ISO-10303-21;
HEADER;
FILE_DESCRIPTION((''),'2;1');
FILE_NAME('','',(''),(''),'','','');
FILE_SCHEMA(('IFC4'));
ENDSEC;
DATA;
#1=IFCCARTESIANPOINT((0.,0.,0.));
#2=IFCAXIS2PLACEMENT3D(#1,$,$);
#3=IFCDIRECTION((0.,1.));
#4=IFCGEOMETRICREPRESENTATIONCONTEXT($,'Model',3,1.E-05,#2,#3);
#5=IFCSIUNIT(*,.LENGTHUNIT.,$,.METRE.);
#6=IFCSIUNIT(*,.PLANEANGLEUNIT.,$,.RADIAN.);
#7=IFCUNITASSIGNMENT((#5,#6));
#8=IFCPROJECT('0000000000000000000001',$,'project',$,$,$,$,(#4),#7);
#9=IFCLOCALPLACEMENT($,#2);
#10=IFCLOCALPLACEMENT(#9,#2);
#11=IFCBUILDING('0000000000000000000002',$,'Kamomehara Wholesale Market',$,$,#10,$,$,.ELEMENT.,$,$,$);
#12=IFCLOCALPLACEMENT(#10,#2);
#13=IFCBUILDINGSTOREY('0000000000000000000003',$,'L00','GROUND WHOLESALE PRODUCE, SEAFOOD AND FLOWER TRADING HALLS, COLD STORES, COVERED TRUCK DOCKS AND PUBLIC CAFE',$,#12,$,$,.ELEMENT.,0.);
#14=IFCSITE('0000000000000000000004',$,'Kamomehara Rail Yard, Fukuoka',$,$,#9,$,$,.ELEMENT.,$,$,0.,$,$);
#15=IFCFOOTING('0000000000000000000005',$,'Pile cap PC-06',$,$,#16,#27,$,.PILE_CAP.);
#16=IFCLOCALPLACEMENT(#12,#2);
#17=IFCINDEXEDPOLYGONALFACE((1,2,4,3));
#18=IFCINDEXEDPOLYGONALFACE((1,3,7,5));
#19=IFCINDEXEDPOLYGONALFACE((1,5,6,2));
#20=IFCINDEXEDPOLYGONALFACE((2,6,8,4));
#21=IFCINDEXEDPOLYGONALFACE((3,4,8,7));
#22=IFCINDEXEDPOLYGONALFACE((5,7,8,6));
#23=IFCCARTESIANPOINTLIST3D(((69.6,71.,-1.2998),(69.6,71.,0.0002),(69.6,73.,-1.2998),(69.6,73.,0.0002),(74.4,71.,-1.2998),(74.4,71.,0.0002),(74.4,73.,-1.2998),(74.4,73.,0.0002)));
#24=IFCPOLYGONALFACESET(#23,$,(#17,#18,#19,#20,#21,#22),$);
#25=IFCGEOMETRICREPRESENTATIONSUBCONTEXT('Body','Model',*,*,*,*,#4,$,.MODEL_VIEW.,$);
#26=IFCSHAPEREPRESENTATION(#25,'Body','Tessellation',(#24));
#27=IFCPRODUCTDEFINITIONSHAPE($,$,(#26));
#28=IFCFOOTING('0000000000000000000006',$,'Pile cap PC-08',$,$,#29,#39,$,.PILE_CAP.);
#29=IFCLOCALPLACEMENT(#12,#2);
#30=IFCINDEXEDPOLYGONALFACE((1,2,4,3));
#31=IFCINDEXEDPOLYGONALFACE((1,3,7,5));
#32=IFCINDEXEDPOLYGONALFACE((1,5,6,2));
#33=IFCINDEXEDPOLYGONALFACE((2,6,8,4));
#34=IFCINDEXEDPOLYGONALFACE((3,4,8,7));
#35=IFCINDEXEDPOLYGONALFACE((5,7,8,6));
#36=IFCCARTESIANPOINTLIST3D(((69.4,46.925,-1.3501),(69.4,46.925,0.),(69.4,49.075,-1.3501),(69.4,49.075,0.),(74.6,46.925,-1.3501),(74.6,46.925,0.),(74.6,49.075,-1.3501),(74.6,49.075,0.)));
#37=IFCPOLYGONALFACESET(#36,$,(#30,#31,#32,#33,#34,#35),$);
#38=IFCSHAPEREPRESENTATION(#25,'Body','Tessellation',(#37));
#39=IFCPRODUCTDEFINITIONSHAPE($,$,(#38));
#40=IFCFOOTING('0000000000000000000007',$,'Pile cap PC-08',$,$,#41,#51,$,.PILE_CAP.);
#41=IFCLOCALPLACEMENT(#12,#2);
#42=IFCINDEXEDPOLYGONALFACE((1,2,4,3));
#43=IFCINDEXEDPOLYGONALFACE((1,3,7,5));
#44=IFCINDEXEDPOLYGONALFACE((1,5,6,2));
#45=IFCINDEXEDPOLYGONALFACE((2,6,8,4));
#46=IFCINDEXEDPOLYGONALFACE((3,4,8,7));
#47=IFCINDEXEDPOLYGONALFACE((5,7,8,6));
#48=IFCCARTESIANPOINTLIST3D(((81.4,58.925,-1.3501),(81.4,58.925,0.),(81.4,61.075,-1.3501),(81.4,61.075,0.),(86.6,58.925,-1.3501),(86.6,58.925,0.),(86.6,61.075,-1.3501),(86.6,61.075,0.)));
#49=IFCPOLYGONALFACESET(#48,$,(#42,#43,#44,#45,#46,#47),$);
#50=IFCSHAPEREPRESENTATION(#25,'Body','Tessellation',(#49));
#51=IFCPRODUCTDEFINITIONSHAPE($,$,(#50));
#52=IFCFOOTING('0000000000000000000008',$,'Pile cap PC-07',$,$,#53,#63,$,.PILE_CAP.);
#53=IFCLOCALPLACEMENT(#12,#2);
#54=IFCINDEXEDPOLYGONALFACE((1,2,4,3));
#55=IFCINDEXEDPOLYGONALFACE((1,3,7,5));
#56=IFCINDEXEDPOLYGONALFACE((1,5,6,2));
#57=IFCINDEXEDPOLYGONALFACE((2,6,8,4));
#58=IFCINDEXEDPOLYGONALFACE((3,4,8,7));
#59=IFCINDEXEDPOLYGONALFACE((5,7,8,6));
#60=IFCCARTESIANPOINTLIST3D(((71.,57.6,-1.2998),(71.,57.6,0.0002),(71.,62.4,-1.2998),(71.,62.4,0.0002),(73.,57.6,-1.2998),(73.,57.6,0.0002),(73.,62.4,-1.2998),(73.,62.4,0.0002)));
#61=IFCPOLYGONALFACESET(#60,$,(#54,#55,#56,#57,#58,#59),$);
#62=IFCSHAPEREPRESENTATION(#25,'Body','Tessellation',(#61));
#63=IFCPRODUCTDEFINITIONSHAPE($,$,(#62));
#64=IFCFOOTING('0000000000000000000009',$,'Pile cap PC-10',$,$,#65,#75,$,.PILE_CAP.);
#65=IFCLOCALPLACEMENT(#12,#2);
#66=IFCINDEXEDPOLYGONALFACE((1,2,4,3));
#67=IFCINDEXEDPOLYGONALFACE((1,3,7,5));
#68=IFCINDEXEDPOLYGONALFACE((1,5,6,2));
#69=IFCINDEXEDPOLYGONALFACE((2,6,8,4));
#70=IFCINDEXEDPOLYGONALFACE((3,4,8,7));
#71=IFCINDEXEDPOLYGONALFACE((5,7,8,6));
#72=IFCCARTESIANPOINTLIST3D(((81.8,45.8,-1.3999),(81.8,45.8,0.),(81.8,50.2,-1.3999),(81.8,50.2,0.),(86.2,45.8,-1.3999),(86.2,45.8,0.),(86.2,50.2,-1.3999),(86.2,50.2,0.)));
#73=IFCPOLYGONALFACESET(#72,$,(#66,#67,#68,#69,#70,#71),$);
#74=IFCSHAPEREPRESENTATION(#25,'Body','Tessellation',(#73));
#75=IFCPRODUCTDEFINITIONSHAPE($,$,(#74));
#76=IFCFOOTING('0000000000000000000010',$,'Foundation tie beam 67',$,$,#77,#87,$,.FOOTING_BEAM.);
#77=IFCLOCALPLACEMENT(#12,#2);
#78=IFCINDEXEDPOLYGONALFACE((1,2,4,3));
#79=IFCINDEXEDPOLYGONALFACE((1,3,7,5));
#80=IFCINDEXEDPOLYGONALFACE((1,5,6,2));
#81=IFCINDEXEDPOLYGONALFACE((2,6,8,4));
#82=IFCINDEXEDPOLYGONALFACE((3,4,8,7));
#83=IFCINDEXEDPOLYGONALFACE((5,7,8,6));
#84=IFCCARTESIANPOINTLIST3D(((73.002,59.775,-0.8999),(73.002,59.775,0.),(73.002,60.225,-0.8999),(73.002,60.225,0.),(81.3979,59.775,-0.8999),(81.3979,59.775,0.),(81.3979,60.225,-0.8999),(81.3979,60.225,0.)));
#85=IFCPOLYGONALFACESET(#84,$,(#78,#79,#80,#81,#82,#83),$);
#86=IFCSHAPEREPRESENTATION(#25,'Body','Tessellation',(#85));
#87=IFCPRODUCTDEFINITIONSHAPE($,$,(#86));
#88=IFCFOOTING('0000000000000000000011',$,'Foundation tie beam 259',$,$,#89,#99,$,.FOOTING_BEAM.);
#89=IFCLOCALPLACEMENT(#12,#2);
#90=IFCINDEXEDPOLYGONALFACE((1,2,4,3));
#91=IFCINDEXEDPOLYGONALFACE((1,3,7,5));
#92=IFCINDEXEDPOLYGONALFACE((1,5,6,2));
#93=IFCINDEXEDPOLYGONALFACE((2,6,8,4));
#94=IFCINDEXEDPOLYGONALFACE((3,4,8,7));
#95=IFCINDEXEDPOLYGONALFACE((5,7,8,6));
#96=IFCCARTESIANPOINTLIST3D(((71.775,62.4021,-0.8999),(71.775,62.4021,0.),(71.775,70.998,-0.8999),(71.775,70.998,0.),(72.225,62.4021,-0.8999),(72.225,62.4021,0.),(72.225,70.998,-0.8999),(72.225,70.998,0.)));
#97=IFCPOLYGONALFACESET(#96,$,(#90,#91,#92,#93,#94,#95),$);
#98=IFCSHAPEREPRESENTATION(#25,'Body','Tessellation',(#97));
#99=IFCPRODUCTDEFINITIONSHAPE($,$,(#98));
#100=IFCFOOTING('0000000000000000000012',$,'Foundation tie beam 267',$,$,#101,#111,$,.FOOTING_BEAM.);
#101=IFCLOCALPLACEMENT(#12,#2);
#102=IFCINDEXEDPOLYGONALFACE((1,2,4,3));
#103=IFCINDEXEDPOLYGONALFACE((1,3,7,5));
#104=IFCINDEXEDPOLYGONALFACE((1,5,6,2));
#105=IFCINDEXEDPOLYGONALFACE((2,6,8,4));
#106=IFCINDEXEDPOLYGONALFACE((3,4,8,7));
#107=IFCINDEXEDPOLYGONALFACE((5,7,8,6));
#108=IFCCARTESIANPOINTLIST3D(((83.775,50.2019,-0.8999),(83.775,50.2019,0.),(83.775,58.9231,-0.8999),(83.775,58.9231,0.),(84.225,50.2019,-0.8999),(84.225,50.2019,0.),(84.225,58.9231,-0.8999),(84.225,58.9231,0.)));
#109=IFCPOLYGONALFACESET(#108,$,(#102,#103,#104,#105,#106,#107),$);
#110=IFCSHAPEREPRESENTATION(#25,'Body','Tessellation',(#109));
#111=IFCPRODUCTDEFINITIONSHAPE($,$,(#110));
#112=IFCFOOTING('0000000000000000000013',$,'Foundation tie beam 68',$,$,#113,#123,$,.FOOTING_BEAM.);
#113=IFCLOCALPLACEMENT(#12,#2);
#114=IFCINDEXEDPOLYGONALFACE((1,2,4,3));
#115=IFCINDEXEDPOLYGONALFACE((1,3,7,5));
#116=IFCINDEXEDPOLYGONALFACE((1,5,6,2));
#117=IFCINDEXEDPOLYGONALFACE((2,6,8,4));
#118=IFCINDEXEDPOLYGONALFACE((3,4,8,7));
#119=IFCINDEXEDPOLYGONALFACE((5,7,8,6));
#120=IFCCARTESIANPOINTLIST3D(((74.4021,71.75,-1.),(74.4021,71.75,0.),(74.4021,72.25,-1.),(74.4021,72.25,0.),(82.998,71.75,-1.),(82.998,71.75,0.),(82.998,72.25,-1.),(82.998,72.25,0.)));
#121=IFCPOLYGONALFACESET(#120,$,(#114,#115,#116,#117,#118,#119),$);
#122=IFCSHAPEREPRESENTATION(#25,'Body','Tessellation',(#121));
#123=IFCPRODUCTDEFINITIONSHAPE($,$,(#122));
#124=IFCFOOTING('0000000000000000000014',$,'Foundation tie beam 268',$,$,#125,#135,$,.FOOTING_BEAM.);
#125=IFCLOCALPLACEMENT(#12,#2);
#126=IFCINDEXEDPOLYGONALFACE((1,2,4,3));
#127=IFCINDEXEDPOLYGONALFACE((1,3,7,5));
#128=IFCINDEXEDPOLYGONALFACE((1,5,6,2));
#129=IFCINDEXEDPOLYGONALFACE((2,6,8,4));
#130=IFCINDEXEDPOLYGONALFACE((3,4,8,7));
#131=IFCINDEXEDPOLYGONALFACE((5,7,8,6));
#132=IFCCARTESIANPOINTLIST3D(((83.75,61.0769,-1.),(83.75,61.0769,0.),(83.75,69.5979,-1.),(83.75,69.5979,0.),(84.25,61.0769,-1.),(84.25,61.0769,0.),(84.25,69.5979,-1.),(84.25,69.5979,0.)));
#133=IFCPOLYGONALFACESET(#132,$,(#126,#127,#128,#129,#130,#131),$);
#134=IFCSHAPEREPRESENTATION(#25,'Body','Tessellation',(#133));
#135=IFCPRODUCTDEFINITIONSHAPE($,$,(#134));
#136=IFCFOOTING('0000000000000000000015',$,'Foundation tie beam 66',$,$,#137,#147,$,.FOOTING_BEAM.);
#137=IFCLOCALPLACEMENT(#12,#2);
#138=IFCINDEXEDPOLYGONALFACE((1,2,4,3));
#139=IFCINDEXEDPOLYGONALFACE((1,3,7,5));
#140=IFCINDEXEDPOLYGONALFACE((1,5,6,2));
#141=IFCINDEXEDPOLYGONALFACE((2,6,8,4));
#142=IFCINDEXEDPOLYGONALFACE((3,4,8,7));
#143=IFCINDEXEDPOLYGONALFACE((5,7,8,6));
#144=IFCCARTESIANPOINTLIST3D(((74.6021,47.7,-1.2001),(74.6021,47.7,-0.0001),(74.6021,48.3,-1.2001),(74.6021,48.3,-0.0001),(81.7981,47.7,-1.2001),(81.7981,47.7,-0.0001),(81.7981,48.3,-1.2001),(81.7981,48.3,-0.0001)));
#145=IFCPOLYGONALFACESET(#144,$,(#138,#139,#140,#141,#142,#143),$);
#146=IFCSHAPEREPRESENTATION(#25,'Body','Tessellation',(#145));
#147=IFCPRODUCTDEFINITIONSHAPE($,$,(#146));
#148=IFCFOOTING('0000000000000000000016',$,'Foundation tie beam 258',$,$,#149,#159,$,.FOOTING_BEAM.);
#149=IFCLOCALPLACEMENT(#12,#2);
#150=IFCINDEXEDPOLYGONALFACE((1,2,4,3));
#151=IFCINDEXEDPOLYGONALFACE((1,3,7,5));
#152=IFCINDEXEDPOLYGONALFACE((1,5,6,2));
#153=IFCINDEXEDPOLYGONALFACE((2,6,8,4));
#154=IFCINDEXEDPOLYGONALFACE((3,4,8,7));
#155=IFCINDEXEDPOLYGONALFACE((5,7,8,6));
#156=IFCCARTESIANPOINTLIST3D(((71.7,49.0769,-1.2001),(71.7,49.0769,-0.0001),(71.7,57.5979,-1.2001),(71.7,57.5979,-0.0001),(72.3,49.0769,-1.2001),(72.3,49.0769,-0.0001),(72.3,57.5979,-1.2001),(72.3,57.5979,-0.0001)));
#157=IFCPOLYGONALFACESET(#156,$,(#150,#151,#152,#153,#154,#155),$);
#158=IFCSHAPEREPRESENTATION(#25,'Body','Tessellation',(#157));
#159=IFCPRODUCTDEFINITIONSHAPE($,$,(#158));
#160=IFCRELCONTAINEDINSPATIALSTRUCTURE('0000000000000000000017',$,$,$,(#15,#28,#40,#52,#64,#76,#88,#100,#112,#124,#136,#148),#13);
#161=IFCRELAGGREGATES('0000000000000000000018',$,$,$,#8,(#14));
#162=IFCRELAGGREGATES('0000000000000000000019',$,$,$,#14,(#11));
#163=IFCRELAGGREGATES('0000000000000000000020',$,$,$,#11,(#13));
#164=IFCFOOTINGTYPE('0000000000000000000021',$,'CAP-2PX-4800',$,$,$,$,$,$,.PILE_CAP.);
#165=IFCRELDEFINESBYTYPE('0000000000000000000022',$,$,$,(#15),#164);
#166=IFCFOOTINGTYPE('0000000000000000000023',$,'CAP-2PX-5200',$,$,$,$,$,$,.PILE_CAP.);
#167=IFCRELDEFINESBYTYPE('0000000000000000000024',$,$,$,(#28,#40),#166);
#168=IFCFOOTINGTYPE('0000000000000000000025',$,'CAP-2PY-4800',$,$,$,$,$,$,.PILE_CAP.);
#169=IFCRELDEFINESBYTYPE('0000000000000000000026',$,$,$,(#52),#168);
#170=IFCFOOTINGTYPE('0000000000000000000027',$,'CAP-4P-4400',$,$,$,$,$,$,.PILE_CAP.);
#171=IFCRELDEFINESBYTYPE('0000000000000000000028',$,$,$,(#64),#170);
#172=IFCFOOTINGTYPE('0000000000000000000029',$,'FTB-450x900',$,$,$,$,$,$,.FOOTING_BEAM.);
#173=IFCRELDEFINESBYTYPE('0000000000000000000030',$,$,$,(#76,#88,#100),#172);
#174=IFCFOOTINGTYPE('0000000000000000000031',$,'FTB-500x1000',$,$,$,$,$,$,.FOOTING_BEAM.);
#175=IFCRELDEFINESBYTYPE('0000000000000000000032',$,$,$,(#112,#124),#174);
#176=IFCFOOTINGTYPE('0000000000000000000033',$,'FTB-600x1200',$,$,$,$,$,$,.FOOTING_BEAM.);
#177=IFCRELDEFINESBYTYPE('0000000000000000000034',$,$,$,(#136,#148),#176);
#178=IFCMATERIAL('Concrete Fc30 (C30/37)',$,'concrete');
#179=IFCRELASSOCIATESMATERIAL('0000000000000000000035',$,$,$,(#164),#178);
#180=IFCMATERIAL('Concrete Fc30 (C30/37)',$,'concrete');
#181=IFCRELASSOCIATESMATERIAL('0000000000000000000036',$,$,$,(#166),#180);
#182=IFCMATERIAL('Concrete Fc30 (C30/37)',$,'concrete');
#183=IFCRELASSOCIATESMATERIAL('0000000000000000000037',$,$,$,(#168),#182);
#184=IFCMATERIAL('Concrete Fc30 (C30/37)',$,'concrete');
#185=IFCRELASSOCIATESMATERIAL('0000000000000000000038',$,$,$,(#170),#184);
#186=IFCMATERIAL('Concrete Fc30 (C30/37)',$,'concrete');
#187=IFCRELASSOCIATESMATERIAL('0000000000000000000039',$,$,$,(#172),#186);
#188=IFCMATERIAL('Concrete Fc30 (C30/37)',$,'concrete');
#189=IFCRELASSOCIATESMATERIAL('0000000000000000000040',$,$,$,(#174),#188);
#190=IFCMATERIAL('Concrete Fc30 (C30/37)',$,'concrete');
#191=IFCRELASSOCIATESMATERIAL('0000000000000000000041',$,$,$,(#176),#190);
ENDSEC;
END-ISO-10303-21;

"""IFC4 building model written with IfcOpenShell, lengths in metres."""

from ifc_helpers import new_model, si_unit, direction, frame, origin, origin_2d, place, context, subcontext, project, spatial, rectangle, extrude, material, material_profile, profile_set, type_object, element, save


model = new_model("IFC4")

# Units and contexts
model_context = context("Model", 3, precision=1e-05, world=origin(), true_north=direction((0.0, 1.0)))
body_context = subcontext(model_context, "Body", "Model", "MODEL_VIEW")
ifc_project = project(units=[si_unit("LENGTHUNIT", "METRE"), si_unit("PLANEANGLEUNIT", "RADIAN")], contexts=[model_context])

# Site, building, storey
site_placement = place(None, origin())
site = spatial("IfcSite", under=ifc_project, at=site_placement, Name="Kamomehara Rail Yard, Fukuoka", CompositionType="ELEMENT", RefElevation=0.0)
building_placement = place(site_placement, origin())
building = spatial("IfcBuilding", under=site, at=building_placement, Name="Kamomehara Wholesale Market", CompositionType="ELEMENT")
storey_placement = place(building_placement, origin())
storey = spatial("IfcBuildingStorey", under=building, at=storey_placement, Name="L00", Description="GROUND WHOLESALE PRODUCE, SEAFOOD AND FLOWER TRADING HALLS, COLD STORES, COVERED TRUCK DOCKS AND PUBLIC CAFE", CompositionType="ELEMENT", Elevation=0.0)

# Footings
ifc_material_1 = material(Name="Concrete Fc30 (C30/37)", Category="concrete")
footing_type_1 = type_object("IfcFootingType", Name="CAP-2PX-4800", PredefinedType="PILE_CAP", material=ifc_material_1)
footing_1_placement = place(storey_placement, frame((72.0, 72.0, -1.2998), z_axis=(0.0, 0.0, 1.0), x_axis=(1.0, 0.0, 0.0)))
element("IfcFooting", 1, at=footing_1_placement, inside=storey, type_object=footing_type_1, Name="Pile cap PC-06", PredefinedType="PILE_CAP", context=body_context, shape_type="SweptSolid", body=[
    extrude(rectangle(XDim=4.8, YDim=2.0, at=origin_2d()), origin(), (0.0, 0.0, 1.0), 1.3),
])
ifc_material_2 = material(Name="Concrete Fc30 (C30/37)", Category="concrete")
footing_type_2 = type_object("IfcFootingType", Name="CAP-2PX-5200", PredefinedType="PILE_CAP", material=ifc_material_2)
for number, where, z_axis, x_axis, name in (
    (2, (72.0, 48.0, -1.3501), (0.0, 0.0, 1.0), (1.0, 0.0, 0.0), "Pile cap PC-08"),
    (3, (84.0, 60.0, -1.3501), (0.0, 0.0, 1.0), (1.0, 0.0, 0.0), "Pile cap PC-08"),
):
    element("IfcFooting", number, at=place(storey_placement, frame(where, z_axis=z_axis, x_axis=x_axis)), inside=storey, type_object=footing_type_2, Name=name, PredefinedType="PILE_CAP", context=body_context, shape_type="SweptSolid", body=[
        extrude(rectangle(XDim=5.2, YDim=2.1499, at=origin_2d()), origin(), (0.0, 0.0, 1.0), 1.3501),
    ])
ifc_material_3 = material(Name="Concrete Fc30 (C30/37)", Category="concrete")
footing_type_3 = type_object("IfcFootingType", Name="CAP-2PY-4800", PredefinedType="PILE_CAP", material=ifc_material_3)
footing_2_placement = place(storey_placement, frame((72.0, 60.0, -1.2998), z_axis=(0.0, 0.0, 1.0), x_axis=(1.0, 0.0, 0.0)))
element("IfcFooting", 4, at=footing_2_placement, inside=storey, type_object=footing_type_3, Name="Pile cap PC-07", PredefinedType="PILE_CAP", context=body_context, shape_type="SweptSolid", body=[
    extrude(rectangle(XDim=2.0, YDim=4.8, at=origin_2d()), origin(), (0.0, 0.0, 1.0), 1.3),
])
ifc_material_4 = material(Name="Concrete Fc30 (C30/37)", Category="concrete")
footing_type_4 = type_object("IfcFootingType", Name="CAP-4P-4400", PredefinedType="PILE_CAP", material=ifc_material_4)
footing_3_placement = place(storey_placement, frame((84.0, 48.0, -1.3999), z_axis=(0.0, 0.0, 1.0), x_axis=(1.0, 0.0, 0.0)))
element("IfcFooting", 5, at=footing_3_placement, inside=storey, type_object=footing_type_4, Name="Pile cap PC-10", PredefinedType="PILE_CAP", context=body_context, shape_type="SweptSolid", body=[
    extrude(rectangle(XDim=4.3999, YDim=4.3999, at=origin_2d()), origin(), (0.0, 0.0, 1.0), 1.3999),
])
ifc_material_5 = material(Name="Concrete Fc30 (C30/37)", Category="concrete")
ifc_material_profile_1 = material_profile(ifc_material_5, rectangle(XDim=0.45, YDim=0.8999, at=origin_2d()), Name="RC-FTB-450x900")
ifc_profile_set_1 = profile_set([ifc_material_profile_1], Name="Concrete Fc30 (C30/37)")
footing_type_5 = type_object("IfcFootingType", Name="FTB-450x900", PredefinedType="FOOTING_BEAM", material=ifc_profile_set_1)
footing_4_placement = place(storey_placement, frame((73.002, 60.0, -0.45), z_axis=(1.0, 0.0, 0.0), x_axis=(0.0, 1.0, 0.0)))
element("IfcFooting", 6, at=footing_4_placement, inside=storey, type_object=footing_type_5, Name="Foundation tie beam 67", PredefinedType="FOOTING_BEAM", context=body_context, shape_type="SweptSolid", body=[
    extrude(rectangle(XDim=0.45, YDim=0.8999, at=origin_2d()), origin(), (0.0, 0.0, 1.0), 8.396),
])
footing_5_placement = place(storey_placement, frame((72.0, 62.4021, -0.45), z_axis=(0.0, 1.0, 0.0), x_axis=(-1.0, 0.0, 0.0)))
element("IfcFooting", 7, at=footing_5_placement, inside=storey, type_object=footing_type_5, Name="Foundation tie beam 259", PredefinedType="FOOTING_BEAM", context=body_context, shape_type="SweptSolid", body=[
    extrude(rectangle(XDim=0.45, YDim=0.8999, at=origin_2d()), origin(), (0.0, 0.0, 1.0), 8.5959),
])
footing_6_placement = place(storey_placement, frame((84.0, 50.2019, -0.45), z_axis=(0.0, 1.0, 0.0), x_axis=(-1.0, 0.0, 0.0)))
element("IfcFooting", 8, at=footing_6_placement, inside=storey, type_object=footing_type_5, Name="Foundation tie beam 267", PredefinedType="FOOTING_BEAM", context=body_context, shape_type="SweptSolid", body=[
    extrude(rectangle(XDim=0.45, YDim=0.8999, at=origin_2d()), origin(), (0.0, 0.0, 1.0), 8.7212),
])
ifc_material_6 = material(Name="Concrete Fc30 (C30/37)", Category="concrete")
ifc_material_profile_2 = material_profile(ifc_material_6, rectangle(XDim=0.5, YDim=1.0, at=origin_2d()), Name="RC-FTB-500x1000")
ifc_profile_set_2 = profile_set([ifc_material_profile_2], Name="Concrete Fc30 (C30/37)")
footing_type_6 = type_object("IfcFootingType", Name="FTB-500x1000", PredefinedType="FOOTING_BEAM", material=ifc_profile_set_2)
footing_7_placement = place(storey_placement, frame((74.4021, 72.0, -0.5), z_axis=(1.0, 0.0, 0.0), x_axis=(0.0, 1.0, 0.0)))
element("IfcFooting", 9, at=footing_7_placement, inside=storey, type_object=footing_type_6, Name="Foundation tie beam 68", PredefinedType="FOOTING_BEAM", context=body_context, shape_type="SweptSolid", body=[
    extrude(rectangle(XDim=0.5, YDim=1.0, at=origin_2d()), origin(), (0.0, 0.0, 1.0), 8.5959),
])
footing_8_placement = place(storey_placement, frame((84.0, 61.0769, -0.5), z_axis=(0.0, 1.0, 0.0), x_axis=(-1.0, 0.0, 0.0)))
element("IfcFooting", 10, at=footing_8_placement, inside=storey, type_object=footing_type_6, Name="Foundation tie beam 268", PredefinedType="FOOTING_BEAM", context=body_context, shape_type="SweptSolid", body=[
    extrude(rectangle(XDim=0.5, YDim=1.0, at=origin_2d()), origin(), (0.0, 0.0, 1.0), 8.521),
])
ifc_material_7 = material(Name="Concrete Fc30 (C30/37)", Category="concrete")
ifc_material_profile_3 = material_profile(ifc_material_7, rectangle(XDim=0.6001, YDim=1.2, at=origin_2d()), Name="RC-FTB-600x1200")
ifc_profile_set_3 = profile_set([ifc_material_profile_3], Name="Concrete Fc30 (C30/37)")
footing_type_7 = type_object("IfcFootingType", Name="FTB-600x1200", PredefinedType="FOOTING_BEAM", material=ifc_profile_set_3)
footing_9_placement = place(storey_placement, frame((74.6021, 48.0, -0.6001), z_axis=(1.0, 0.0, 0.0), x_axis=(0.0, 1.0, 0.0)))
element("IfcFooting", 11, at=footing_9_placement, inside=storey, type_object=footing_type_7, Name="Foundation tie beam 66", PredefinedType="FOOTING_BEAM", context=body_context, shape_type="SweptSolid", body=[
    extrude(rectangle(XDim=0.6001, YDim=1.2, at=origin_2d()), origin(), (0.0, 0.0, 1.0), 7.196),
])
footing_10_placement = place(storey_placement, frame((72.0, 49.0769, -0.6001), z_axis=(0.0, 1.0, 0.0), x_axis=(-1.0, 0.0, 0.0)))
element("IfcFooting", 12, at=footing_10_placement, inside=storey, type_object=footing_type_7, Name="Foundation tie beam 258", PredefinedType="FOOTING_BEAM", context=body_context, shape_type="SweptSolid", body=[
    extrude(rectangle(XDim=0.6001, YDim=1.2, at=origin_2d()), origin(), (0.0, 0.0, 1.0), 8.521),
])

save(model, "model.ifc")
